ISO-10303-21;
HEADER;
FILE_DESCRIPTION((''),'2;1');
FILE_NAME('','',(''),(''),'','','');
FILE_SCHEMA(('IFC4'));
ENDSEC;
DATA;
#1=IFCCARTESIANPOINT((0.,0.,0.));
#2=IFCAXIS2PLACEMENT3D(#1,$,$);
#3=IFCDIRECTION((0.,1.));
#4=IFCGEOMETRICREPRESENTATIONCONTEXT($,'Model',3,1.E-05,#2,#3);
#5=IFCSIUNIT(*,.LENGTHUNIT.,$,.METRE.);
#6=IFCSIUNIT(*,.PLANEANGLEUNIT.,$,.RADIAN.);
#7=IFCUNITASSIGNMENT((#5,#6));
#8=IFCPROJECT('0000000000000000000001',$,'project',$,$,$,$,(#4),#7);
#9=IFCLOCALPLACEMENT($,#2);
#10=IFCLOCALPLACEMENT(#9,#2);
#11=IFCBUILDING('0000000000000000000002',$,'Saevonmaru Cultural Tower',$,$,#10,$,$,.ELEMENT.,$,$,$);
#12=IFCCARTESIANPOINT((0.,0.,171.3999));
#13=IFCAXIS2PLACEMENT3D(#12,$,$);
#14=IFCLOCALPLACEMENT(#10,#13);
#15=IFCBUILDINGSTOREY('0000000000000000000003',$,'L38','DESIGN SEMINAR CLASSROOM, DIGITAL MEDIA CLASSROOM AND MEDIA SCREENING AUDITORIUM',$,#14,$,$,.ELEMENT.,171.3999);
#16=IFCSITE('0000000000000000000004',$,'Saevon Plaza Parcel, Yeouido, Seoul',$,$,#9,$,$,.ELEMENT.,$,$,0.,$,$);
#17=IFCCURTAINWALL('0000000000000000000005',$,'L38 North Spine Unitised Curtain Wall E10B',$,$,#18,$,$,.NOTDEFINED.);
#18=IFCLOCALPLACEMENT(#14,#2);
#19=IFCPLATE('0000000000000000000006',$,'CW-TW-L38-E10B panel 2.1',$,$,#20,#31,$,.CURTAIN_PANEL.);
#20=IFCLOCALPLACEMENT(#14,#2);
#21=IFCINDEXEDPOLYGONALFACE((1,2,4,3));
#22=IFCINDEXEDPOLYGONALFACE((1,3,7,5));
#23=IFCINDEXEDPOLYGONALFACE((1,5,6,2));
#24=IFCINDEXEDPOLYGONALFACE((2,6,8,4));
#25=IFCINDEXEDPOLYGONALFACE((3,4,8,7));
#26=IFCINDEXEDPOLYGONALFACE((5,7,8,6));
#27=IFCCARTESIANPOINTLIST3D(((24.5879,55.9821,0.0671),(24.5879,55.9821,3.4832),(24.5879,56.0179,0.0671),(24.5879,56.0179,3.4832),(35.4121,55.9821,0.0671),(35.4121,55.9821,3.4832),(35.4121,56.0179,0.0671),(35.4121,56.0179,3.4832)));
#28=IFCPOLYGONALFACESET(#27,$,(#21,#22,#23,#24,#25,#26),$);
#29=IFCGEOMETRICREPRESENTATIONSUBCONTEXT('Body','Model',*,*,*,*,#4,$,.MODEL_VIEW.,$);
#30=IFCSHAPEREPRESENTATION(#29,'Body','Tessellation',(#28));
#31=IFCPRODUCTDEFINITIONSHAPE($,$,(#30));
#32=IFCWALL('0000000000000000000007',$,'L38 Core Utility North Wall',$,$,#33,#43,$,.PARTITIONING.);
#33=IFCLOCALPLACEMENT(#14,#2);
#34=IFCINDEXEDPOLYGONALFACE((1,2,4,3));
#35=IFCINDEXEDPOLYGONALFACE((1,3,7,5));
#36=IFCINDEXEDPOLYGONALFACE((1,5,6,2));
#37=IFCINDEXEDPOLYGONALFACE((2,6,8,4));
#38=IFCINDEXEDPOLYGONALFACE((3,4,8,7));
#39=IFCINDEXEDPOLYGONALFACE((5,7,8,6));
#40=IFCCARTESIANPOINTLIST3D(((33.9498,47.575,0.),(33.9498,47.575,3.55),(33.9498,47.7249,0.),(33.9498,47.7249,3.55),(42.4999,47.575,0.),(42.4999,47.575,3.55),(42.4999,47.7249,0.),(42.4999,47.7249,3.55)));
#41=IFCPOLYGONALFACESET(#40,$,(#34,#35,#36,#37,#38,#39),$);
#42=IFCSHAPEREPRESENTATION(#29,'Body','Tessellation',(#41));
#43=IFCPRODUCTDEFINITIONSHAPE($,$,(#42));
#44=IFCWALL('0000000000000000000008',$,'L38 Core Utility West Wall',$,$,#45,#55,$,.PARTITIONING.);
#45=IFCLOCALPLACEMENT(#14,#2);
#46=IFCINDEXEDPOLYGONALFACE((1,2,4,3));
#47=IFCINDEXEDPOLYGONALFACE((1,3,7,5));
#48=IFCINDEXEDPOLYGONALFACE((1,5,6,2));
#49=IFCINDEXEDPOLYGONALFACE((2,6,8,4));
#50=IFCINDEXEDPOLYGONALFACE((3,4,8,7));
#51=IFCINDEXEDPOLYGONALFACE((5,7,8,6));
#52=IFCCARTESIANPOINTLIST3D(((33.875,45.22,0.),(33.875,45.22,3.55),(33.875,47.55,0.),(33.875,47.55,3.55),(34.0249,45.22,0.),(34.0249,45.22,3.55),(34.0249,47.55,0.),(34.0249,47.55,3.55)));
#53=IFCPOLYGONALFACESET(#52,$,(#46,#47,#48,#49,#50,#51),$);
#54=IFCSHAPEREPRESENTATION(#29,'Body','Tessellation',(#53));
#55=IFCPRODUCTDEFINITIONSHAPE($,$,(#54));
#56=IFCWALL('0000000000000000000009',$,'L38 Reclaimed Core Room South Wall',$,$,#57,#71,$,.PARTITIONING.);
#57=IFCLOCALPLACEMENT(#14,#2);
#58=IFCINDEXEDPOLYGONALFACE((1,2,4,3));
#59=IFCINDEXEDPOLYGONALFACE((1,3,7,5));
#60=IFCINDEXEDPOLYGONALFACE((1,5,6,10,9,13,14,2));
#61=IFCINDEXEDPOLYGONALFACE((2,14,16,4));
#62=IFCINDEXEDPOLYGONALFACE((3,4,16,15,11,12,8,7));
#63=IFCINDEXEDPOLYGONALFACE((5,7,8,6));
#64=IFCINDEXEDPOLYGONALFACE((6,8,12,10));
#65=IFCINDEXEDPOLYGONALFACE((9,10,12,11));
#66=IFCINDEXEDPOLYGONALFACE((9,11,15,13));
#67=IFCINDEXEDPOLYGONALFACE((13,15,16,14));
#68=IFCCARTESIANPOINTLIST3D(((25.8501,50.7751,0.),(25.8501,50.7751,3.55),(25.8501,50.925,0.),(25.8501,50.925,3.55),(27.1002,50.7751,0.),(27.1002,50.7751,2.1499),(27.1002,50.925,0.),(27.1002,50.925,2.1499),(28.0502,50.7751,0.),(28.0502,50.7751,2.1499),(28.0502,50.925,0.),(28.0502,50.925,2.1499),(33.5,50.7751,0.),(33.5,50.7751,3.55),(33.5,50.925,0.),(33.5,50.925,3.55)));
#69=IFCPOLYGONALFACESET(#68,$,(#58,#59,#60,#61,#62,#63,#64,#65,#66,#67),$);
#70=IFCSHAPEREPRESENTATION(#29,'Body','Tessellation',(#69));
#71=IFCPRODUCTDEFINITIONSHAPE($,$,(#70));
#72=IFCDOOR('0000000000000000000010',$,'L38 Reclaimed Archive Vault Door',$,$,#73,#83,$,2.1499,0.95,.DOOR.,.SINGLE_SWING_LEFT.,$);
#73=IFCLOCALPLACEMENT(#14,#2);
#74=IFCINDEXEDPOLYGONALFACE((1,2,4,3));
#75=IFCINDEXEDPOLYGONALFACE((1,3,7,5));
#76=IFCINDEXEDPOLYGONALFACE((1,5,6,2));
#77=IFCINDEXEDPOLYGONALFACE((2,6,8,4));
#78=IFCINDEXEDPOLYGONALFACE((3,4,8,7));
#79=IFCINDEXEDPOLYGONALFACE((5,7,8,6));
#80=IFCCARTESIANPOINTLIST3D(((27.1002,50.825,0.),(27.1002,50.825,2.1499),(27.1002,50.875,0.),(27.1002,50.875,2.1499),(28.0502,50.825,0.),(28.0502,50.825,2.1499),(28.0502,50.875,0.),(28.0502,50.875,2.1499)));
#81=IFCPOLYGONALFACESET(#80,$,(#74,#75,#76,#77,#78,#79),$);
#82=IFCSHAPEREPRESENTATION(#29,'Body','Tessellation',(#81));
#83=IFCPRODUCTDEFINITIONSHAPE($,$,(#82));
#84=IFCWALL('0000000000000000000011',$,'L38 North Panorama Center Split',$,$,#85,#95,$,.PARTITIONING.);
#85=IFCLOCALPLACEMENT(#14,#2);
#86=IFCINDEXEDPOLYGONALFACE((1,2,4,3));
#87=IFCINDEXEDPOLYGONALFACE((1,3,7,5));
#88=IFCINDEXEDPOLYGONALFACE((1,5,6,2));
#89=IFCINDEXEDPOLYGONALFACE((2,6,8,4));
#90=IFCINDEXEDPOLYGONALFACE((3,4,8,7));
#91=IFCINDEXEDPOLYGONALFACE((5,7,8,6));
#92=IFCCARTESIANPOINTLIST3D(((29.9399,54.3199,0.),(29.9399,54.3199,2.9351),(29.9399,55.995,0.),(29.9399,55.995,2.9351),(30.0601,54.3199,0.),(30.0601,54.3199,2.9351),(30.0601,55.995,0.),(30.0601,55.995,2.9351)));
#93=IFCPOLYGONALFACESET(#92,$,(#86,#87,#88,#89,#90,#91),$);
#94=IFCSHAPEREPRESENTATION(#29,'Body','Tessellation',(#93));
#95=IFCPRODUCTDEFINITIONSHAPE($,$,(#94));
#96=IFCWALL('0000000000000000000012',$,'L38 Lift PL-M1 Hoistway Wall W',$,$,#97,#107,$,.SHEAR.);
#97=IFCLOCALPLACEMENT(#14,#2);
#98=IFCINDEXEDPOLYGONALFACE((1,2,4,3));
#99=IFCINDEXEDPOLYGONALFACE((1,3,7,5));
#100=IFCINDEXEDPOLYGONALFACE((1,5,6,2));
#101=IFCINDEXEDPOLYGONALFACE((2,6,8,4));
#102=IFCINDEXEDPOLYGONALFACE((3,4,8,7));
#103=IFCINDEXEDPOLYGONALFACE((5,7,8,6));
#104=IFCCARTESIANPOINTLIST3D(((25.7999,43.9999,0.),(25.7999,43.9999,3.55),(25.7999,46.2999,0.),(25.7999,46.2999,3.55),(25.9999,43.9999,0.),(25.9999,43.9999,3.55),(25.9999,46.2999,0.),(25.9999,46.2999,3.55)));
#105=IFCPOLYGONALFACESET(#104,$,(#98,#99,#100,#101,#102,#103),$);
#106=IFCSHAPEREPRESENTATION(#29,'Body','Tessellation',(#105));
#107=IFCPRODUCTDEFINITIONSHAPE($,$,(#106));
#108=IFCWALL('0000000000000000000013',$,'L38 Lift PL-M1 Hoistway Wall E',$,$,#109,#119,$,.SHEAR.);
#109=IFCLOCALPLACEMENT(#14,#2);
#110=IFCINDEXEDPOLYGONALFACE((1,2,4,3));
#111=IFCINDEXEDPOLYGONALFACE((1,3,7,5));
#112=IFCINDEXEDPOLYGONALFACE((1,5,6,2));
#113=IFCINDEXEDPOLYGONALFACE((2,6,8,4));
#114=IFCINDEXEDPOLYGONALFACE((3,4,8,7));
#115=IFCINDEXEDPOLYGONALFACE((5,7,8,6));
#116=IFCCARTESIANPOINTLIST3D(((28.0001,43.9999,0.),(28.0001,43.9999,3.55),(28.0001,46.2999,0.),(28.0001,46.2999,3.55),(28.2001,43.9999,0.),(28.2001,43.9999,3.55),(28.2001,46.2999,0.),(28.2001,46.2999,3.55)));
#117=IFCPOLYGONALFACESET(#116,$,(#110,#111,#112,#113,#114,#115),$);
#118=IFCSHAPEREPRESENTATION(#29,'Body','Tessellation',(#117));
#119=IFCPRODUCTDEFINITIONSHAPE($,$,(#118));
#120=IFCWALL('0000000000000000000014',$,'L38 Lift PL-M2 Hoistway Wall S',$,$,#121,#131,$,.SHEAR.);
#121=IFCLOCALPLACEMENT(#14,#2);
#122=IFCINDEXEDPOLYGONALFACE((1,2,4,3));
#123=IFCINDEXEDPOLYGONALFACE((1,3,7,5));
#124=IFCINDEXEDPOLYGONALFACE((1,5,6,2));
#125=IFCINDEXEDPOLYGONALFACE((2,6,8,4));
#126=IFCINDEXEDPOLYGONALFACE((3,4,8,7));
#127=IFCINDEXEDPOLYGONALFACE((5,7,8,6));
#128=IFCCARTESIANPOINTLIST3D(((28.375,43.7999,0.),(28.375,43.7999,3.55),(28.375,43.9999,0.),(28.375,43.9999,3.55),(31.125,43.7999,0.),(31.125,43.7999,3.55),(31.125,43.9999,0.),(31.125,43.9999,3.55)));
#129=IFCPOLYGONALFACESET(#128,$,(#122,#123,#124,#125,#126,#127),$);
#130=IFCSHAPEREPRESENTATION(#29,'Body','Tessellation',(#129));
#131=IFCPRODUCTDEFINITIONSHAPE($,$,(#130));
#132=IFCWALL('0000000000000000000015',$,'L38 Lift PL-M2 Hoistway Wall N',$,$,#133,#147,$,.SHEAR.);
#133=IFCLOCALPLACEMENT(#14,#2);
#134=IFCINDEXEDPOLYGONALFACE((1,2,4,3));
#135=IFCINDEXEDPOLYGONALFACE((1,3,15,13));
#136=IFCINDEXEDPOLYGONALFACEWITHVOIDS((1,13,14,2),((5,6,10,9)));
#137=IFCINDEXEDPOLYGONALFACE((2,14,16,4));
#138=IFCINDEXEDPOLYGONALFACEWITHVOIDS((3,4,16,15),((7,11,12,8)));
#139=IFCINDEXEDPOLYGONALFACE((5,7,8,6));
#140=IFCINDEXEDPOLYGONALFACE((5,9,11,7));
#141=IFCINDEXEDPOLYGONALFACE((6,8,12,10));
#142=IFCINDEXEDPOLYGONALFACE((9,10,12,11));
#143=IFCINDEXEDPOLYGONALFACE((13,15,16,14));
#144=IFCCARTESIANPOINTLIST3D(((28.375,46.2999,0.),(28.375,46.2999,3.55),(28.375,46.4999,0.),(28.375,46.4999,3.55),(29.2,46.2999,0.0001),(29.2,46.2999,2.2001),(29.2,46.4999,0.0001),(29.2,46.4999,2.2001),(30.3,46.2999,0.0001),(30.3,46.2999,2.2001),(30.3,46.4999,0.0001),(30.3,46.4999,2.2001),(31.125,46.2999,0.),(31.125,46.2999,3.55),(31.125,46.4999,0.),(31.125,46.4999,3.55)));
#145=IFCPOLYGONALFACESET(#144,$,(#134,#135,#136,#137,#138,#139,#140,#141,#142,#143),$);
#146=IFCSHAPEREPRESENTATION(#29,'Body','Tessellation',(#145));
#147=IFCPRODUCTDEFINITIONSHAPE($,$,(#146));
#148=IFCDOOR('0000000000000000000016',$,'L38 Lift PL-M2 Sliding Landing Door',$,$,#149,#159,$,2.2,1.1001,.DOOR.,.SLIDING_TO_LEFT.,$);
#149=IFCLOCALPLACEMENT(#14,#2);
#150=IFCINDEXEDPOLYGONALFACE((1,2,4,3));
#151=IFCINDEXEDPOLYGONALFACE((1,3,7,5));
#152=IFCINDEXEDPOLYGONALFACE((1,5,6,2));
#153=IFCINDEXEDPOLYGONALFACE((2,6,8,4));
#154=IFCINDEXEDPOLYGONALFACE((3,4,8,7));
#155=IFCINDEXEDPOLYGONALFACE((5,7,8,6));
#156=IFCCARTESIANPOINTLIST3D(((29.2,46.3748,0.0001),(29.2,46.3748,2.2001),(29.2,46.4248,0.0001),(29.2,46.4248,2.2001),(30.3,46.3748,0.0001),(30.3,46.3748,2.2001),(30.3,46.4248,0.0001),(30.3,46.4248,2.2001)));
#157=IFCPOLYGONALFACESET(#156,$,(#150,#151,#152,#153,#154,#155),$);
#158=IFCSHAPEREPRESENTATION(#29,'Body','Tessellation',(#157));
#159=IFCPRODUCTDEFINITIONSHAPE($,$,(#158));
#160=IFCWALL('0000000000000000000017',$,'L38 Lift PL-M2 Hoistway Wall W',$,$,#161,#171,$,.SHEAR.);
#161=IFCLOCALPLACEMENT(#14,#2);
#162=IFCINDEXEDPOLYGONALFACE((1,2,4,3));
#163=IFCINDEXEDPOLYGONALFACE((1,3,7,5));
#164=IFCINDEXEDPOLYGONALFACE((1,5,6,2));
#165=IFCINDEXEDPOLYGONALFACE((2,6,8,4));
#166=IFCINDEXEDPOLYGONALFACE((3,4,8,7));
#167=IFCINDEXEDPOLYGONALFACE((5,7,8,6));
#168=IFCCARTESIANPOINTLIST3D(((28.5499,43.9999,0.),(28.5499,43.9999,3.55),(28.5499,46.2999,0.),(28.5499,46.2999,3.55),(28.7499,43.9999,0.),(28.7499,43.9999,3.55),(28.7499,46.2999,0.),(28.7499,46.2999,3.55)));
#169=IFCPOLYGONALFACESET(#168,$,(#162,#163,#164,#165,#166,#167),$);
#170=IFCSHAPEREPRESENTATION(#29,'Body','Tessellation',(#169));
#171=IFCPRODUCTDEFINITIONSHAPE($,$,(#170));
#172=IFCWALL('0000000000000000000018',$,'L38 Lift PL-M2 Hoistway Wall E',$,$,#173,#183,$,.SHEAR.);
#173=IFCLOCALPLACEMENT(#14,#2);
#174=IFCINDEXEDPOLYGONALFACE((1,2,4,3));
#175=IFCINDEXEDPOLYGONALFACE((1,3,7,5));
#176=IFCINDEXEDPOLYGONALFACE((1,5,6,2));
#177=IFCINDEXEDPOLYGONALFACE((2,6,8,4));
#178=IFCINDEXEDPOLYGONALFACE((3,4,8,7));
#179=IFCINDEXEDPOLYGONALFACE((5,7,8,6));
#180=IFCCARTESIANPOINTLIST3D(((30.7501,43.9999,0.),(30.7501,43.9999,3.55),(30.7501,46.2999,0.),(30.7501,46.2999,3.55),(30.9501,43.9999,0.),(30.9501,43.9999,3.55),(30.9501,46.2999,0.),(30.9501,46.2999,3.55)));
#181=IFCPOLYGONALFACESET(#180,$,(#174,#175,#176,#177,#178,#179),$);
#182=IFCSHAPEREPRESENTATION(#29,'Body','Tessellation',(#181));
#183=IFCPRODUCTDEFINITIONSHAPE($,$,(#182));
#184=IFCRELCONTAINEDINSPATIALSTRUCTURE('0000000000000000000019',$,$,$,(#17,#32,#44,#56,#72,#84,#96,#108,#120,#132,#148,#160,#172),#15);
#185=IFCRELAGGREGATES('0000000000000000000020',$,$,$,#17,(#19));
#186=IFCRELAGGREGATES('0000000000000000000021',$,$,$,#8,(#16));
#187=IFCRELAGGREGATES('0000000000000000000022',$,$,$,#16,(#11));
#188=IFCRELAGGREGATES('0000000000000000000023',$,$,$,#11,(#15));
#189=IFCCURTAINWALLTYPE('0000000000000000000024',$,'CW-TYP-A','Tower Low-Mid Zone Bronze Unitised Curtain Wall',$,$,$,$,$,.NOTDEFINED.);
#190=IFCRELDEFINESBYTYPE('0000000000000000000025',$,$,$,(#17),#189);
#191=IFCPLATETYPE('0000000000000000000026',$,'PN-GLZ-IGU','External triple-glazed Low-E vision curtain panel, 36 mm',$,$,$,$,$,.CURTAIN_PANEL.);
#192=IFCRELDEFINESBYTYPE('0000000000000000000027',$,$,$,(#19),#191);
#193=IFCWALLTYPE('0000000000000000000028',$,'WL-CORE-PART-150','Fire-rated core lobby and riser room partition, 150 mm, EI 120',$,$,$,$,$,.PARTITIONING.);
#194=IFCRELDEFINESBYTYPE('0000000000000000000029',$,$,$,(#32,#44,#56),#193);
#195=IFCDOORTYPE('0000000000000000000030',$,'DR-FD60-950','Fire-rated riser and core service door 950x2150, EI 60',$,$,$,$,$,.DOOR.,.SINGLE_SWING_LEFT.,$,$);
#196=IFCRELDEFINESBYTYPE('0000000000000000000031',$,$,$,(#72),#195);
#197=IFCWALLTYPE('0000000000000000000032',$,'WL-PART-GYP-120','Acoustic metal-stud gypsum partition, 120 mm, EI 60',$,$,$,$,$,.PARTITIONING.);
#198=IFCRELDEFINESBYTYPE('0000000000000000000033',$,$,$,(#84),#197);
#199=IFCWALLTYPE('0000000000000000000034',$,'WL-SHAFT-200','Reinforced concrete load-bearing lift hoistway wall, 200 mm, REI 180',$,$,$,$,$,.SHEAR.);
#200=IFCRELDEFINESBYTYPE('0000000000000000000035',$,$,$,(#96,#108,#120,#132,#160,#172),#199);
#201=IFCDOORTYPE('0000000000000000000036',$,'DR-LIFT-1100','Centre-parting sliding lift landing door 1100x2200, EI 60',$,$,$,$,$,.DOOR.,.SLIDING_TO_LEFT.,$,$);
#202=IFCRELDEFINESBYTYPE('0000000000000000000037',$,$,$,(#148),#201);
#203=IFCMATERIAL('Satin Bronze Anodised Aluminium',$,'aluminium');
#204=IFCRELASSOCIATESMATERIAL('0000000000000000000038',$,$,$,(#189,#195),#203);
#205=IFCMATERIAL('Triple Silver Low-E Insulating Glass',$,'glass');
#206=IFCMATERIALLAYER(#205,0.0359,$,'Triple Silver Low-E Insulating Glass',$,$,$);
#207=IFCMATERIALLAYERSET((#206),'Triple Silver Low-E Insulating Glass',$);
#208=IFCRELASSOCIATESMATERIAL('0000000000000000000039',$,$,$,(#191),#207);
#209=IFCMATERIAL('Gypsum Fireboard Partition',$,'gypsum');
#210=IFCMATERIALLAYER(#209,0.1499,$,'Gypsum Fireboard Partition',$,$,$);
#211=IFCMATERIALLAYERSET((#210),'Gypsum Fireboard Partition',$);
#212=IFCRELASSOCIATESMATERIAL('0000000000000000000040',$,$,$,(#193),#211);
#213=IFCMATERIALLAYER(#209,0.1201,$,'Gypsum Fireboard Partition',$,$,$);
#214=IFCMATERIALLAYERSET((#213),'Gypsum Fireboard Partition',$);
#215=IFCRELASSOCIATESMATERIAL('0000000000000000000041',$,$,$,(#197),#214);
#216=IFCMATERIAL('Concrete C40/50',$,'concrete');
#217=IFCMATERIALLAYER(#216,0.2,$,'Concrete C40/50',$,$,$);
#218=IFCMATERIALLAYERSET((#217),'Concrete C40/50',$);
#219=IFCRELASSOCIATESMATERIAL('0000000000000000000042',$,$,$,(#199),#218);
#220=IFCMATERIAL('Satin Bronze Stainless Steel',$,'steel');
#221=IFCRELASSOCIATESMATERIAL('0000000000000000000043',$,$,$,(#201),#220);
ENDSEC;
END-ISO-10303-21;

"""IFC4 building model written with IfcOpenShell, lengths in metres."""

from ifc_helpers import new_model, si_unit, direction, frame, frame_2d, origin, origin_2d, place, context, subcontext, project, spatial, rectangle, extrude, material, layer, layer_set, type_object, element, fill, aggregate, save


model = new_model("IFC4")

# Units and contexts
model_context = context("Model", 3, precision=1e-05, world=origin(), true_north=direction((0.0, 1.0)))
body_context = subcontext(model_context, "Body", "Model", "MODEL_VIEW")
ifc_project = project(units=[si_unit("LENGTHUNIT", "METRE"), si_unit("PLANEANGLEUNIT", "RADIAN")], contexts=[model_context])

# Site, building, storey
site_placement = place(None, origin())
site = spatial("IfcSite", under=ifc_project, at=site_placement, Name="Saevon Plaza Parcel, Yeouido, Seoul", CompositionType="ELEMENT", RefElevation=0.0)
building_placement = place(site_placement, origin())
building = spatial("IfcBuilding", under=site, at=building_placement, Name="Saevonmaru Cultural Tower", CompositionType="ELEMENT")
storey_placement = place(building_placement, frame((0.0, 0.0, 171.3999)))
storey = spatial("IfcBuildingStorey", under=building, at=storey_placement, Name="L38", Description="DESIGN SEMINAR CLASSROOM, DIGITAL MEDIA CLASSROOM AND MEDIA SCREENING AUDITORIUM", CompositionType="ELEMENT", Elevation=171.3999)

# Curtain wall, plate
ifc_material_1 = material(Name="Satin Bronze Anodised Aluminium", Category="aluminium")
curtain_wall_type = type_object("IfcCurtainWallType", Name="CW-TYP-A", Description="Tower Low-Mid Zone Bronze Unitised Curtain Wall", PredefinedType="NOTDEFINED", material=ifc_material_1)
curtain_wall_placement = place(storey_placement, origin())
curtain_wall = element("IfcCurtainWall", 1, at=curtain_wall_placement, inside=storey, type_object=curtain_wall_type, Name="L38 North Spine Unitised Curtain Wall E10B", PredefinedType="NOTDEFINED")
ifc_material_2 = material(Name="Triple Silver Low-E Insulating Glass", Category="glass")
ifc_layer_1 = layer(ifc_material_2, 0.0359, Name="Triple Silver Low-E Insulating Glass")
ifc_layer_set_1 = layer_set([ifc_layer_1], Name="Triple Silver Low-E Insulating Glass")
plate_type = type_object("IfcPlateType", Name="PN-GLZ-IGU", Description="External triple-glazed Low-E vision curtain panel, 36 mm", PredefinedType="CURTAIN_PANEL", material=ifc_layer_set_1)
plate_placement = place(storey_placement, frame((30.0, 56.0, 0.0671), z_axis=(0.0, 0.0, 1.0), x_axis=(-1.0, 0.0, 0.0)))
plate = element("IfcPlate", 2, at=plate_placement, type_object=plate_type, Name="CW-TW-L38-E10B panel 2.1", PredefinedType="CURTAIN_PANEL", context=body_context, shape_type="SweptSolid", body=[
    extrude(rectangle(XDim=10.8242, YDim=0.0359, at=origin_2d()), origin(), (0.0, 0.0, 1.0), 3.416),
])
aggregate(curtain_wall, [plate])

# Shared definitions
ifc_material_3 = material(Name="Gypsum Fireboard Partition", Category="gypsum")
ifc_layer_2 = layer(ifc_material_3, 0.1499, Name="Gypsum Fireboard Partition")
ifc_layer_set_2 = layer_set([ifc_layer_2], Name="Gypsum Fireboard Partition")
wall_type_1 = type_object("IfcWallType", Name="WL-CORE-PART-150", Description="Fire-rated core lobby and riser room partition, 150 mm, EI 120", PredefinedType="PARTITIONING", material=ifc_layer_set_2)

# Shared definitions
door_type_1 = type_object("IfcDoorType", Name="DR-FD60-950", Description="Fire-rated riser and core service door 950x2150, EI 60", OperationType="SINGLE_SWING_LEFT", PredefinedType="DOOR", material=ifc_material_1)

# Walls
wall_1_placement = place(storey_placement, frame((33.95, 47.6499, 0.0), z_axis=(0.0, 0.0, 1.0), x_axis=(1.0, 0.0, 0.0)))
element("IfcWall", 3, at=wall_1_placement, inside=storey, type_object=wall_type_1, Name="L38 Core Utility North Wall", PredefinedType="PARTITIONING", context=body_context, shape_type="SweptSolid", body=[
    extrude(rectangle(XDim=8.55, YDim=0.1499, at=frame_2d((4.2749, 0.0))), origin(), (0.0, 0.0, 1.0), 3.55),
])
wall_2_placement = place(storey_placement, frame((33.95, 45.22, 0.0), z_axis=(0.0, 0.0, 1.0), x_axis=(0.0, 1.0, 0.0)))
element("IfcWall", 4, at=wall_2_placement, inside=storey, type_object=wall_type_1, Name="L38 Core Utility West Wall", PredefinedType="PARTITIONING", context=body_context, shape_type="SweptSolid", body=[
    extrude(rectangle(XDim=2.3301, YDim=0.1499, at=frame_2d((1.165, 0.0))), origin(), (0.0, 0.0, 1.0), 3.55),
])

# Wall, opening, door
wall_3_placement = place(storey_placement, frame((25.8501, 50.8501, 0.0), z_axis=(0.0, 0.0, 1.0), x_axis=(1.0, 0.0, 0.0)))
wall_3 = element("IfcWall", 5, at=wall_3_placement, inside=storey, type_object=wall_type_1, Name="L38 Reclaimed Core Room South Wall", PredefinedType="PARTITIONING", context=body_context, shape_type="SweptSolid", body=[
    extrude(rectangle(XDim=7.6499, YDim=0.1499, at=frame_2d((3.825, 0.0))), origin(), (0.0, 0.0, 1.0), 3.55),
])
opening_1_placement = place(wall_3_placement, frame((1.25, 0.0, 0.0)))
opening_1 = element("IfcOpeningElement", 6, at=opening_1_placement, cuts=wall_3, PredefinedType="OPENING", context=body_context, shape_type="SweptSolid", body=[
    extrude(rectangle(XDim=0.95, YDim=2.1499, at=frame_2d((0.4751, 1.075))), frame((0.0, 0.085, 0.0), z_axis=(0.0, -1.0, 0.0), x_axis=(1.0, 0.0, 0.0)), (0.0, 0.0, 1.0), 0.1699),
])
door_1_placement = place(opening_1_placement, origin())
door_1 = element("IfcDoor", 7, at=door_1_placement, inside=storey, type_object=door_type_1, Name="L38 Reclaimed Archive Vault Door", OperationType="SINGLE_SWING_LEFT", OverallHeight=2.1499, OverallWidth=0.95, PredefinedType="DOOR", context=body_context, shape_type="SweptSolid", body=[
    extrude(rectangle(XDim=0.95, YDim=2.1499, at=frame_2d((0.4751, 1.075))), frame((0.0, 0.0249, 0.0), z_axis=(0.0, -1.0, 0.0), x_axis=(1.0, 0.0, 0.0)), (0.0, 0.0, 1.0), 0.05),
])
fill(opening_1, door_1)

# Walls
ifc_layer_3 = layer(ifc_material_3, 0.1201, Name="Gypsum Fireboard Partition")
ifc_layer_set_3 = layer_set([ifc_layer_3], Name="Gypsum Fireboard Partition")
wall_type_2 = type_object("IfcWallType", Name="WL-PART-GYP-120", Description="Acoustic metal-stud gypsum partition, 120 mm, EI 60", PredefinedType="PARTITIONING", material=ifc_layer_set_3)
wall_4_placement = place(storey_placement, frame((30.0, 54.3201, 0.0), z_axis=(0.0, 0.0, 1.0), x_axis=(0.0, 1.0, 0.0)))
element("IfcWall", 8, at=wall_4_placement, inside=storey, type_object=wall_type_2, Name="L38 North Panorama Center Split", PredefinedType="PARTITIONING", context=body_context, shape_type="SweptSolid", body=[
    extrude(rectangle(XDim=1.675, YDim=0.1201, at=frame_2d((0.8374, 0.0))), origin(), (0.0, 0.0, 1.0), 2.9351),
])
ifc_material_4 = material(Name="Concrete C40/50", Category="concrete")
ifc_layer_4 = layer(ifc_material_4, 0.2, Name="Concrete C40/50")
ifc_layer_set_4 = layer_set([ifc_layer_4], Name="Concrete C40/50")
wall_type_3 = type_object("IfcWallType", Name="WL-SHAFT-200", Description="Reinforced concrete load-bearing lift hoistway wall, 200 mm, REI 180", PredefinedType="SHEAR", material=ifc_layer_set_4)
for number, where, z_axis, x_axis, name in (
    (9, (25.8999, 44.0, 0.0), (0.0, 0.0, 1.0), (0.0, 1.0, 0.0), "L38 Lift PL-M1 Hoistway Wall W"),
    (10, (28.1001, 44.0, 0.0), (0.0, 0.0, 1.0), (0.0, 1.0, 0.0), "L38 Lift PL-M1 Hoistway Wall E"),
):
    element("IfcWall", number, at=place(storey_placement, frame(where, z_axis=z_axis, x_axis=x_axis)), inside=storey, type_object=wall_type_3, Name=name, PredefinedType="SHEAR", context=body_context, shape_type="SweptSolid", body=[
        extrude(rectangle(XDim=2.3, YDim=0.2, at=frame_2d((1.1499, 0.0))), origin(), (0.0, 0.0, 1.0), 3.55),
    ])
wall_5_placement = place(storey_placement, frame((28.375, 43.8999, 0.0), z_axis=(0.0, 0.0, 1.0), x_axis=(1.0, 0.0, 0.0)))
element("IfcWall", 11, at=wall_5_placement, inside=storey, type_object=wall_type_3, Name="L38 Lift PL-M2 Hoistway Wall S", PredefinedType="SHEAR", context=body_context, shape_type="SweptSolid", body=[
    extrude(rectangle(XDim=2.75, YDim=0.2, at=frame_2d((1.375, 0.0))), origin(), (0.0, 0.0, 1.0), 3.55),
])

# Wall, opening, door
wall_6_placement = place(storey_placement, frame((28.375, 46.3999, 0.0), z_axis=(0.0, 0.0, 1.0), x_axis=(1.0, 0.0, 0.0)))
wall_6 = element("IfcWall", 12, at=wall_6_placement, inside=storey, type_object=wall_type_3, Name="L38 Lift PL-M2 Hoistway Wall N", PredefinedType="SHEAR", context=body_context, shape_type="SweptSolid", body=[
    extrude(rectangle(XDim=2.75, YDim=0.2, at=frame_2d((1.375, 0.0))), origin(), (0.0, 0.0, 1.0), 3.55),
])
opening_2_placement = place(wall_6_placement, frame((0.825, 0.0, 0.0)))
opening_2 = element("IfcOpeningElement", 13, at=opening_2_placement, cuts=wall_6, PredefinedType="OPENING", context=body_context, shape_type="SweptSolid", body=[
    extrude(rectangle(XDim=1.1001, YDim=2.2, at=frame_2d((0.55, 1.1001))), frame((0.0, 0.1099, 0.0), z_axis=(0.0, -1.0, 0.0), x_axis=(1.0, 0.0, 0.0)), (0.0, 0.0, 1.0), 0.22),
])
ifc_material_5 = material(Name="Satin Bronze Stainless Steel", Category="steel")
door_type_2 = type_object("IfcDoorType", Name="DR-LIFT-1100", Description="Centre-parting sliding lift landing door 1100x2200, EI 60", OperationType="SLIDING_TO_LEFT", PredefinedType="DOOR", material=ifc_material_5)
door_2_placement = place(opening_2_placement, origin())
door_2 = element("IfcDoor", 14, at=door_2_placement, inside=storey, type_object=door_type_2, Name="L38 Lift PL-M2 Sliding Landing Door", OperationType="SLIDING_TO_LEFT", OverallHeight=2.2, OverallWidth=1.1001, PredefinedType="DOOR", context=body_context, shape_type="SweptSolid", body=[
    extrude(rectangle(XDim=1.1001, YDim=2.2, at=frame_2d((0.55, 1.1001))), frame((0.0, 0.0249, 0.0), z_axis=(0.0, -1.0, 0.0), x_axis=(1.0, 0.0, 0.0)), (0.0, 0.0, 1.0), 0.05),
])
fill(opening_2, door_2)

# Walls
for number, where, z_axis, x_axis, name in (
    (15, (28.6499, 44.0, 0.0), (0.0, 0.0, 1.0), (0.0, 1.0, 0.0), "L38 Lift PL-M2 Hoistway Wall W"),
    (16, (30.8501, 44.0, 0.0), (0.0, 0.0, 1.0), (0.0, 1.0, 0.0), "L38 Lift PL-M2 Hoistway Wall E"),
):
    element("IfcWall", number, at=place(storey_placement, frame(where, z_axis=z_axis, x_axis=x_axis)), inside=storey, type_object=wall_type_3, Name=name, PredefinedType="SHEAR", context=body_context, shape_type="SweptSolid", body=[
        extrude(rectangle(XDim=2.3, YDim=0.2, at=frame_2d((1.1499, 0.0))), origin(), (0.0, 0.0, 1.0), 3.55),
    ])

save(model, "model.ifc")
